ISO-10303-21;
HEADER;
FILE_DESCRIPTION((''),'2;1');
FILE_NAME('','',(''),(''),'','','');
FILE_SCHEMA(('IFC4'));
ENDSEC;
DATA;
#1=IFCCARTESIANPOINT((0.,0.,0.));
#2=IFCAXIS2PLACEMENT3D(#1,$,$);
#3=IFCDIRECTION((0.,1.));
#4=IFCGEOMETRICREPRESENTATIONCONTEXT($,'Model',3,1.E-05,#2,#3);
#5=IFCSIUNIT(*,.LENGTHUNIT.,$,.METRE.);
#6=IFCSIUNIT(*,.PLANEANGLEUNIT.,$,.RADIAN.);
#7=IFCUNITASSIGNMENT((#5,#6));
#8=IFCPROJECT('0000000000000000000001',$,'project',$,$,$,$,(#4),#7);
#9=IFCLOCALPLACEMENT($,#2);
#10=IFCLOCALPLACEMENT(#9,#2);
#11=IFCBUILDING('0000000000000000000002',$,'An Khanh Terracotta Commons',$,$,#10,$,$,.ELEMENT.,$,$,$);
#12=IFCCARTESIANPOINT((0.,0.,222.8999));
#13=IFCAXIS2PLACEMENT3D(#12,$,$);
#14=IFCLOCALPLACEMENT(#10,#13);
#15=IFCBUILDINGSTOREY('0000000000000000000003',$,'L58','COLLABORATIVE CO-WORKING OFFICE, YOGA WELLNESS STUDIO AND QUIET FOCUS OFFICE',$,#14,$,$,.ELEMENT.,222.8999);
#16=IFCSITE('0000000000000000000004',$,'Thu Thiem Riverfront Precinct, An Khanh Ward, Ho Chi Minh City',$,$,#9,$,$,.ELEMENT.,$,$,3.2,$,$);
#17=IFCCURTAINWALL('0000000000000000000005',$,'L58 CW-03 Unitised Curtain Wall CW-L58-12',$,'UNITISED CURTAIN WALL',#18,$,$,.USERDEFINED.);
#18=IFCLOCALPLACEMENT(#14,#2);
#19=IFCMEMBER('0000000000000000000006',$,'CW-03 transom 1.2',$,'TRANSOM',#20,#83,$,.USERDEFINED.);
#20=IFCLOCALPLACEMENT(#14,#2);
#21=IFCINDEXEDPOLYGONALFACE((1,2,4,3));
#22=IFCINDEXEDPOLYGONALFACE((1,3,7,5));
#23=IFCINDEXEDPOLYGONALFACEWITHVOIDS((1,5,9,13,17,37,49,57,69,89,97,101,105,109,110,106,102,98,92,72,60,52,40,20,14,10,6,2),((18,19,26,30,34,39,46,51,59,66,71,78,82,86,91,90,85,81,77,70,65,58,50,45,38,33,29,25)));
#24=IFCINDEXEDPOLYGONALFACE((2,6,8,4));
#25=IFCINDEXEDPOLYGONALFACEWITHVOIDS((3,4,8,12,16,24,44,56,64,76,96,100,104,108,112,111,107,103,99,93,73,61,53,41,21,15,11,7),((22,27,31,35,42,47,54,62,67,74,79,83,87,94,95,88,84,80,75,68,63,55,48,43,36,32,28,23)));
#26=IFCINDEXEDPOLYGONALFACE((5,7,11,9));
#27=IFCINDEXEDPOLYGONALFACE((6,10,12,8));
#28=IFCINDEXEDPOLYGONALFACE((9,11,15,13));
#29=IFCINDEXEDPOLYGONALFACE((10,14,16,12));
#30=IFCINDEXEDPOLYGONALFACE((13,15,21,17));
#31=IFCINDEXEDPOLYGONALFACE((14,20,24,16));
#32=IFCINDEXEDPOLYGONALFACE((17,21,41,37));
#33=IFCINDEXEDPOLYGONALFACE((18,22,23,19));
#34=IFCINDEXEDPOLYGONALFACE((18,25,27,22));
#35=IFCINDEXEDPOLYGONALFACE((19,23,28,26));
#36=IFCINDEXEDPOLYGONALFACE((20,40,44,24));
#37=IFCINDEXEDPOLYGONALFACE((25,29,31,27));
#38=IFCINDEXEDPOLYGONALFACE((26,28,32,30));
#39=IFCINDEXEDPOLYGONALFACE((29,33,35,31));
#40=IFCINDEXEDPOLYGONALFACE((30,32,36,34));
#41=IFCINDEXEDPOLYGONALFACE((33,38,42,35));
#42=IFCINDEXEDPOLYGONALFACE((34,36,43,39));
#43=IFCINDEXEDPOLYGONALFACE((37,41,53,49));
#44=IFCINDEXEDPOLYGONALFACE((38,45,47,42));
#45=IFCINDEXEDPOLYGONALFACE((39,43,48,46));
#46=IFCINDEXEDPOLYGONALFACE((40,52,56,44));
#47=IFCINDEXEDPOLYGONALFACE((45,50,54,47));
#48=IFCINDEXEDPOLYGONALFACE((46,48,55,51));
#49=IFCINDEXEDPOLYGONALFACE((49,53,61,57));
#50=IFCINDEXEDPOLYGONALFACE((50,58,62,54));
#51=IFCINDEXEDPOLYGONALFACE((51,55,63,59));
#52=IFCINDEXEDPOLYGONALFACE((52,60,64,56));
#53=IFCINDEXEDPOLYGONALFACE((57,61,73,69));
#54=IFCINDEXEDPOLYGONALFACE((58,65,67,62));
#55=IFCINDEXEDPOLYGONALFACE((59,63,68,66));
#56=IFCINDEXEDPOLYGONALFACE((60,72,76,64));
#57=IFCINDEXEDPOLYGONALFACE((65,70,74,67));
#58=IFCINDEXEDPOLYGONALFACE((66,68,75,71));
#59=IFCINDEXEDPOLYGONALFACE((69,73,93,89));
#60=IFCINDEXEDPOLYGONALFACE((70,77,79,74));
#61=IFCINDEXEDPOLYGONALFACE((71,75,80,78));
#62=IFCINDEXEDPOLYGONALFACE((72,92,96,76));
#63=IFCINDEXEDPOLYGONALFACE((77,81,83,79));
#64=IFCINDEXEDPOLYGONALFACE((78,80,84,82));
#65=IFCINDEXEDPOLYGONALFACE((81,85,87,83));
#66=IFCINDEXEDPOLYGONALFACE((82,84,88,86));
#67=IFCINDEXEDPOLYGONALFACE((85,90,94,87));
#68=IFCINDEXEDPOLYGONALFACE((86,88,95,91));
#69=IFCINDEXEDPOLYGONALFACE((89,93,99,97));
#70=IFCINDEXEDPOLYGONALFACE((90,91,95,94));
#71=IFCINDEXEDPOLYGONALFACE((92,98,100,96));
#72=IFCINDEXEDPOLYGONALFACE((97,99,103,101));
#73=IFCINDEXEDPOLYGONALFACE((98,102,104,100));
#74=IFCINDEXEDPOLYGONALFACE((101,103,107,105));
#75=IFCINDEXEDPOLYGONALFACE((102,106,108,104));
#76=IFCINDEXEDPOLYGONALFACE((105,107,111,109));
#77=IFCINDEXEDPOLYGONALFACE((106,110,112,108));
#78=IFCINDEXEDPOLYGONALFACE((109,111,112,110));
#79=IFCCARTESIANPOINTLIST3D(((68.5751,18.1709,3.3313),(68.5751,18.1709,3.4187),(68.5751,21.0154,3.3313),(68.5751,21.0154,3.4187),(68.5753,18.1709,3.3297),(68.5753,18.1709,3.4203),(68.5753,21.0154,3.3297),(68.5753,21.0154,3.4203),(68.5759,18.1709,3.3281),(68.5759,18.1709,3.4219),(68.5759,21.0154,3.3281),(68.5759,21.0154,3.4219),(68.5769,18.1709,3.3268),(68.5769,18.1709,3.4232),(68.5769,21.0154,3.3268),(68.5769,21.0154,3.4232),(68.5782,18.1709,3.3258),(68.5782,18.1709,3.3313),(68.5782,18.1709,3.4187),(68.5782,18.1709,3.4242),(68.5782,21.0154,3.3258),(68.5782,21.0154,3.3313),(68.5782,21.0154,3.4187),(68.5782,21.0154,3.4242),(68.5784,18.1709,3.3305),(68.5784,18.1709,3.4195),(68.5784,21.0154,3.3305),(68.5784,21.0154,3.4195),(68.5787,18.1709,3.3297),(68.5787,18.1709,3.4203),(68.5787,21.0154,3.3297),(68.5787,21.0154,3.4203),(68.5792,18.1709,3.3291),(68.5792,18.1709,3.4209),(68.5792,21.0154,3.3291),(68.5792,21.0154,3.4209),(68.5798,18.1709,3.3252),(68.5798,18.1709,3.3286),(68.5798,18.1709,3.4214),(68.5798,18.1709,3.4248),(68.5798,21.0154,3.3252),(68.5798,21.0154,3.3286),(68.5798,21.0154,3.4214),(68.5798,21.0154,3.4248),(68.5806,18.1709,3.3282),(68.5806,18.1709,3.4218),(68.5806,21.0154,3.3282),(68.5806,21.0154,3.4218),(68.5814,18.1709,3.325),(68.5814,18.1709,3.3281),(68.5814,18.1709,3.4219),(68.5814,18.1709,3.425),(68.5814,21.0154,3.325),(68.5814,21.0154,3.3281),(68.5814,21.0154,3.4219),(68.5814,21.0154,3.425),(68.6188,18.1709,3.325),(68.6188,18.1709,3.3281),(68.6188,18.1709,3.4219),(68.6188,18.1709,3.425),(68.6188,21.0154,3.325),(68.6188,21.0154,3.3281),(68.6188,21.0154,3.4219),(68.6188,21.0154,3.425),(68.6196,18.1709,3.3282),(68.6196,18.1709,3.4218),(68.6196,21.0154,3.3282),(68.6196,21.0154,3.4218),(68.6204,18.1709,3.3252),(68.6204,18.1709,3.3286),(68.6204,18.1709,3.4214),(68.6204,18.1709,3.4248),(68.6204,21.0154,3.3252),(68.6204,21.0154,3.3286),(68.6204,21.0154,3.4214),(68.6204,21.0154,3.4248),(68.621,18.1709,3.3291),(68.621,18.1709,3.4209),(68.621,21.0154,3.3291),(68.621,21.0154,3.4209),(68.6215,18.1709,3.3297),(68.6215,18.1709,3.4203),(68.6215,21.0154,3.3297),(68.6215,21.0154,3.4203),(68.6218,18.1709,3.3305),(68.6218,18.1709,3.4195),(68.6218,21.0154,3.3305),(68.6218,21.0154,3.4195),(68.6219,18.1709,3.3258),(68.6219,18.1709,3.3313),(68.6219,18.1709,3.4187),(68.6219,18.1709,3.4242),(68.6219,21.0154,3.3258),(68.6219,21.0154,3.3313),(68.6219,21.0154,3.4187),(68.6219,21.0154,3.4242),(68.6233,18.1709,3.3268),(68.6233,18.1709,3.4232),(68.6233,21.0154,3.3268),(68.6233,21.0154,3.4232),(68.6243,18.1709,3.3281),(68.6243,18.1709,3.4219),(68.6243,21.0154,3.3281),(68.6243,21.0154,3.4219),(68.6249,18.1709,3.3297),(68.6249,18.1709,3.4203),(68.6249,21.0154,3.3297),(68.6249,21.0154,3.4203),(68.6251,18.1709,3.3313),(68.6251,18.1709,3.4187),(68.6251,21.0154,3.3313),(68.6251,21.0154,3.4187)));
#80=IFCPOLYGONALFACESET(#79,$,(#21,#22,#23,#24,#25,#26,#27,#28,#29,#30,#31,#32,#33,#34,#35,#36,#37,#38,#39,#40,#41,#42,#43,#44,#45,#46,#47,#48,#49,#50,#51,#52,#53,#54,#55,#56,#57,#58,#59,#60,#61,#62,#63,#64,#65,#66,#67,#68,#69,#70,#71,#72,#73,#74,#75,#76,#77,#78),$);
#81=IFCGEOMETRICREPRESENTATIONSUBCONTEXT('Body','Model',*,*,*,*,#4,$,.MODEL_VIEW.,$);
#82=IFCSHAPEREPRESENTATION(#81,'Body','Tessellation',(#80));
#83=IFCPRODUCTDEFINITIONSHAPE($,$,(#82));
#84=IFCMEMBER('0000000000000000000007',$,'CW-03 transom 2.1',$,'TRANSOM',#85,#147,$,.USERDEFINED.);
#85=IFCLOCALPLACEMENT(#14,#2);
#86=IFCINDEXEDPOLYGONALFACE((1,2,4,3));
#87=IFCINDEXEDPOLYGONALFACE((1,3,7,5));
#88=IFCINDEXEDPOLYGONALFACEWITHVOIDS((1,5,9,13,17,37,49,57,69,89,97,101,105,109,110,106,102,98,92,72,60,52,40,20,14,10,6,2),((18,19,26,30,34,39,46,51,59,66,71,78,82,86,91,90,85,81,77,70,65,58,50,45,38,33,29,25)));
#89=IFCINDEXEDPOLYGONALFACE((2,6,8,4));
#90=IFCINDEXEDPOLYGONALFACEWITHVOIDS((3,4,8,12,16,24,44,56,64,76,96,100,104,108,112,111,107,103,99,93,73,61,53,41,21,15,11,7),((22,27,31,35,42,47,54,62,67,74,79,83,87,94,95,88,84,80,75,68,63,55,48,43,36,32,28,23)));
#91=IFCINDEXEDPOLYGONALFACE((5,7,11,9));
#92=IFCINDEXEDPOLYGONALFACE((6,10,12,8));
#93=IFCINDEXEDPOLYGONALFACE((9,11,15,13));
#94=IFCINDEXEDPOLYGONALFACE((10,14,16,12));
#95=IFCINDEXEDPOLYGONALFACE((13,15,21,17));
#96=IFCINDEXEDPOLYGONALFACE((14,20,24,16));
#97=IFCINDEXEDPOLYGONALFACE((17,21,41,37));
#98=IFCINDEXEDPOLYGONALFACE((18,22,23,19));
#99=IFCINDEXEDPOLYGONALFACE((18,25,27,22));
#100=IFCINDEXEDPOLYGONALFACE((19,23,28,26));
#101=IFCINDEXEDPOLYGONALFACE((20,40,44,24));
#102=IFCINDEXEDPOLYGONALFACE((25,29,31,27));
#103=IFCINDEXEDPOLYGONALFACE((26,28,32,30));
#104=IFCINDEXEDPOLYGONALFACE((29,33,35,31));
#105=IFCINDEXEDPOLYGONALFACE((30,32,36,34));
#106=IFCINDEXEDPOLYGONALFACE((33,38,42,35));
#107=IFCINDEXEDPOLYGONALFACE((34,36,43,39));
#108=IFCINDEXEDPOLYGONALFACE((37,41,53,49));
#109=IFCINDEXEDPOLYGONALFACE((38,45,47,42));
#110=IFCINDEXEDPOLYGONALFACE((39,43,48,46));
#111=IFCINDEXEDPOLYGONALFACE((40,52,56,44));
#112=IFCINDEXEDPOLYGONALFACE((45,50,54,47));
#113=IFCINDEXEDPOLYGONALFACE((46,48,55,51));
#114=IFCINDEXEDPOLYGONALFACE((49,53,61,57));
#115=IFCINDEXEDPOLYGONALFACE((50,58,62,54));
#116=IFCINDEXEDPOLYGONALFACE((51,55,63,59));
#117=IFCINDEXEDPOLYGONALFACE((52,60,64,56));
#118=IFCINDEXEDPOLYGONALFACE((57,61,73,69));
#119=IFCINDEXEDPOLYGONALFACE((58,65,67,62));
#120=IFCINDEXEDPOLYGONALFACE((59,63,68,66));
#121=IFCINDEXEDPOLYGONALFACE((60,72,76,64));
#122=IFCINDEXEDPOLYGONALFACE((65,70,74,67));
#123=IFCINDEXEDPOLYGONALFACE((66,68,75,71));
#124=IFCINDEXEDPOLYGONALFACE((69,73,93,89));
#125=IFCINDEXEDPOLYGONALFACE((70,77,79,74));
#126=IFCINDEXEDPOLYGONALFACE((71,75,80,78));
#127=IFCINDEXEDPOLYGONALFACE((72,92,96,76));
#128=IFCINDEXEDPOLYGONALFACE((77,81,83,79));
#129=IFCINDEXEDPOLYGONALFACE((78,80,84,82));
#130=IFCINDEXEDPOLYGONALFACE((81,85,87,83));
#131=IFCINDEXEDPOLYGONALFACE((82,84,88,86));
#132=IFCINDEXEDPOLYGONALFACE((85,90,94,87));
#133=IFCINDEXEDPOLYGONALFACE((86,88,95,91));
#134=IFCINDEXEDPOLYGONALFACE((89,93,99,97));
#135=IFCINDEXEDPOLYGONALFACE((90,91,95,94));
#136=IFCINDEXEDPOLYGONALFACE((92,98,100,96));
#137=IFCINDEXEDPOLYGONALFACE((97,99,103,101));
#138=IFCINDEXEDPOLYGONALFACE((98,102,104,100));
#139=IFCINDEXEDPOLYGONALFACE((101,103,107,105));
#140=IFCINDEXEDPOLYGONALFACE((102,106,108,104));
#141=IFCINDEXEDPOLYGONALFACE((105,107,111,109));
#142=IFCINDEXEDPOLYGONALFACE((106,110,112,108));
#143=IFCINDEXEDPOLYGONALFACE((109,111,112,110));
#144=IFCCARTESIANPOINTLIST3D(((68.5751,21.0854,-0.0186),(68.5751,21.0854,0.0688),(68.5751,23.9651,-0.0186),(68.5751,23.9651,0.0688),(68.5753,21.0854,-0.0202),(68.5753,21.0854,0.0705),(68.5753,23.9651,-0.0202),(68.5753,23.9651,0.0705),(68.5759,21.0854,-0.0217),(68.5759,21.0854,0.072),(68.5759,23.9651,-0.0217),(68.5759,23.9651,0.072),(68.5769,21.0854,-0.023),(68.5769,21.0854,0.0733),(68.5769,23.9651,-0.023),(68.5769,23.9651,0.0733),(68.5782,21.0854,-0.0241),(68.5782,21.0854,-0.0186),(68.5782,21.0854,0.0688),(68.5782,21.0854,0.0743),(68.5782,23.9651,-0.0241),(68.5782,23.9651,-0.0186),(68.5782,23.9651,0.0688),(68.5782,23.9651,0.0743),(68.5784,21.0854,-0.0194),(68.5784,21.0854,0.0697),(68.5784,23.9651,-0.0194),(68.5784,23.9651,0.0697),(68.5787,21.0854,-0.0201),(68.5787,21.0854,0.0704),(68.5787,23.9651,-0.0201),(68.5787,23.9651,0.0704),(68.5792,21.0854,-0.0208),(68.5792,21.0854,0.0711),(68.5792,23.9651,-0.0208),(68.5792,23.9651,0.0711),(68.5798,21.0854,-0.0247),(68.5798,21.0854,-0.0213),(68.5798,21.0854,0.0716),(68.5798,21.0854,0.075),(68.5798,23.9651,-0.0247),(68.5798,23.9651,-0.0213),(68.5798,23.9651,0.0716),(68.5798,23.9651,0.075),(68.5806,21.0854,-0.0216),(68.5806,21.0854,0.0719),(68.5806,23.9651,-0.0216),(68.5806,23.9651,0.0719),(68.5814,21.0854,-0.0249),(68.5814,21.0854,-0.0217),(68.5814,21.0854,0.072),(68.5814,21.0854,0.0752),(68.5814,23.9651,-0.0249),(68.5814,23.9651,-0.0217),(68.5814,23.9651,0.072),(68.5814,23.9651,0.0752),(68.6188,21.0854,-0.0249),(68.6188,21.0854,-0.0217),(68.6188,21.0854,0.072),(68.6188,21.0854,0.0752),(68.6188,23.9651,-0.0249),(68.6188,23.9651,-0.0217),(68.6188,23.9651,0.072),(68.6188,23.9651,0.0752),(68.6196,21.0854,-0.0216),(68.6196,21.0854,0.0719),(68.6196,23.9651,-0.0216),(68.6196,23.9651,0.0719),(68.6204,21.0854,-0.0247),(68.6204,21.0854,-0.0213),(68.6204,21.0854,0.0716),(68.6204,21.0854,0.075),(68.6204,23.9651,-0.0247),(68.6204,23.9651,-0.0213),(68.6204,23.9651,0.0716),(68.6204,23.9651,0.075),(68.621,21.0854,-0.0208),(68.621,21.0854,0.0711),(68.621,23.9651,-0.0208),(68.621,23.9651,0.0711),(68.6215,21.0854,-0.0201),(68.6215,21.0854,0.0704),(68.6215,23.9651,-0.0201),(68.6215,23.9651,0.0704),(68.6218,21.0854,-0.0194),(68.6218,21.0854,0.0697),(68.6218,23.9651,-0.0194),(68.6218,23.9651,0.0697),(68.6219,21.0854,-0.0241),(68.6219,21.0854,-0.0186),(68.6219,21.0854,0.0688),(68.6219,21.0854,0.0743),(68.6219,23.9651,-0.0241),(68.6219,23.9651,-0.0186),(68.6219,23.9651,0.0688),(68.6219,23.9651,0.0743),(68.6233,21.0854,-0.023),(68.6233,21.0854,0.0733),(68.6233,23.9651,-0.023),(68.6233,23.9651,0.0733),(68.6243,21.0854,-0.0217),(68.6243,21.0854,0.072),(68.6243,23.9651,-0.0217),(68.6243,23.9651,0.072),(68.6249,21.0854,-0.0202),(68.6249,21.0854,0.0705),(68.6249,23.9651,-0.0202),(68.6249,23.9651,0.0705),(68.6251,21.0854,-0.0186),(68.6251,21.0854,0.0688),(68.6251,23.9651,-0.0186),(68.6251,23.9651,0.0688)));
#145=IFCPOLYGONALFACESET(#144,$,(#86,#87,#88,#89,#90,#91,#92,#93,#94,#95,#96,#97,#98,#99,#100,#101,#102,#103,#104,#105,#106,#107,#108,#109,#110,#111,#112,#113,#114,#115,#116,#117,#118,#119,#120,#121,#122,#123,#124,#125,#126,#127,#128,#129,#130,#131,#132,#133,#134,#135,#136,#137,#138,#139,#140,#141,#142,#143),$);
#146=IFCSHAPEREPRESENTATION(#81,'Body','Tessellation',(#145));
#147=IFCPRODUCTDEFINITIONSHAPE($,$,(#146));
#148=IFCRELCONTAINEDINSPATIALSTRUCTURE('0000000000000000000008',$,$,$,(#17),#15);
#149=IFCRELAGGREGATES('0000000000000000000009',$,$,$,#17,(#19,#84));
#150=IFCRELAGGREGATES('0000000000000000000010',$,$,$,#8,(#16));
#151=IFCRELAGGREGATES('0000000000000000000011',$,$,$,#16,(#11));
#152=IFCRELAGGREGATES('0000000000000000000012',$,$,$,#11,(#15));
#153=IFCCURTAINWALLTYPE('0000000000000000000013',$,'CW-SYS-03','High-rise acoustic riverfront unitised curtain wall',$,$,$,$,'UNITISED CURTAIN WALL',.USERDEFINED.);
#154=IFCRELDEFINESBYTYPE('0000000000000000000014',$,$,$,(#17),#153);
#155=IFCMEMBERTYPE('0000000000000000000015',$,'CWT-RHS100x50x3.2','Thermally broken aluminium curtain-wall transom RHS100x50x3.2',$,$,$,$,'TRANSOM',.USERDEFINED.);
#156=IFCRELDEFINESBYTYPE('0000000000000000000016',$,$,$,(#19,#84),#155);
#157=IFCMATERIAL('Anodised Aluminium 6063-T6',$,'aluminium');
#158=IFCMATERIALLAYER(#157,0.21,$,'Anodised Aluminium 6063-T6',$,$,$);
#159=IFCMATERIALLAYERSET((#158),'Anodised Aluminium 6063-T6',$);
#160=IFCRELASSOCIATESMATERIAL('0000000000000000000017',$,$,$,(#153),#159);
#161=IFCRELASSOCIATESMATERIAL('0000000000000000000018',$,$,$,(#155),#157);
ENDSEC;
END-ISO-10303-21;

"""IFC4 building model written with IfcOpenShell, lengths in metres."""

from ifc_helpers import new_model, si_unit, direction, frame, origin, origin_2d, place, context, subcontext, project, spatial, hollow_rectangle, extrude, material, layer, layer_set, material_profile, profile_set, type_object, element, aggregate, save


model = new_model("IFC4")

# Units and contexts
model_context = context("Model", 3, precision=1e-05, world=origin(), true_north=direction((0.0, 1.0)))
body_context = subcontext(model_context, "Body", "Model", "MODEL_VIEW")
ifc_project = project(units=[si_unit("LENGTHUNIT", "METRE"), si_unit("PLANEANGLEUNIT", "RADIAN")], contexts=[model_context])

# Site, building, storey
site_placement = place(None, origin())
site = spatial("IfcSite", under=ifc_project, at=site_placement, Name="Thu Thiem Riverfront Precinct, An Khanh Ward, Ho Chi Minh City", CompositionType="ELEMENT", RefElevation=3.2)
building_placement = place(site_placement, origin())
building = spatial("IfcBuilding", under=site, at=building_placement, Name="An Khanh Terracotta Commons", CompositionType="ELEMENT")
storey_placement = place(building_placement, frame((0.0, 0.0, 222.8999)))
storey = spatial("IfcBuildingStorey", under=building, at=storey_placement, Name="L58", Description="COLLABORATIVE CO-WORKING OFFICE, YOGA WELLNESS STUDIO AND QUIET FOCUS OFFICE", CompositionType="ELEMENT", Elevation=222.8999)

# Curtain wall
ifc_material_1 = material(Name="Anodised Aluminium 6063-T6", Category="aluminium")
ifc_layer_1 = layer(ifc_material_1, 0.21, Name="Anodised Aluminium 6063-T6")
ifc_layer_set_1 = layer_set([ifc_layer_1], Name="Anodised Aluminium 6063-T6")
curtain_wall_type = type_object("IfcCurtainWallType", Name="CW-SYS-03", Description="High-rise acoustic riverfront unitised curtain wall", ElementType="UNITISED CURTAIN WALL", PredefinedType="USERDEFINED", material=ifc_layer_set_1)
curtain_wall_1_placement = place(storey_placement, origin())
curtain_wall_1 = element("IfcCurtainWall", 1, at=curtain_wall_1_placement, inside=storey, type_object=curtain_wall_type, Name="L58 CW-03 Unitised Curtain Wall CW-L58-12", ObjectType="UNITISED CURTAIN WALL", PredefinedType="USERDEFINED")

# Members
ifc_material_profile_1 = material_profile(ifc_material_1, hollow_rectangle(XDim=0.05, YDim=0.1001, WallThickness=0.0032, InnerFilletRadius=0.0032, OuterFilletRadius=0.0063, at=origin_2d()), Name="RHS100x50x3.2")
ifc_profile_set_1 = profile_set([ifc_material_profile_1], Name="Anodised Aluminium 6063-T6")
member_type_1 = type_object("IfcMemberType", Name="CWT-RHS100x50x3.2", Description="Thermally broken aluminium curtain-wall transom RHS100x50x3.2", ElementType="TRANSOM", PredefinedType="USERDEFINED", material=ifc_profile_set_1)
member_1_placement = place(storey_placement, frame((68.6001, 18.1709, 3.375), z_axis=(0.0, 1.0, 0.0), x_axis=(-1.0, 0.0, 0.0)))
member_1 = element("IfcMember", 2, at=member_1_placement, type_object=member_type_1, Name="CW-03 transom 1.2", ObjectType="TRANSOM", PredefinedType="USERDEFINED", context=body_context, shape_type="SweptSolid", body=[
    extrude(hollow_rectangle(XDim=0.05, YDim=0.1001, WallThickness=0.0032, InnerFilletRadius=0.0032, OuterFilletRadius=0.0063, at=origin_2d()), origin(), (0.0, 0.0, 1.0), 2.8445),
])
member_2_placement = place(storey_placement, frame((68.6001, 21.0854, 0.0251), z_axis=(0.0, 1.0, 0.0), x_axis=(-1.0, 0.0, 0.0)))
member_2 = element("IfcMember", 3, at=member_2_placement, type_object=member_type_1, Name="CW-03 transom 2.1", ObjectType="TRANSOM", PredefinedType="USERDEFINED", context=body_context, shape_type="SweptSolid", body=[
    extrude(hollow_rectangle(XDim=0.05, YDim=0.1001, WallThickness=0.0032, InnerFilletRadius=0.0032, OuterFilletRadius=0.0063, at=origin_2d()), origin(), (0.0, 0.0, 1.0), 2.8796),
])

aggregate(curtain_wall_1, [member_1, member_2])

save(model, "model.ifc")
